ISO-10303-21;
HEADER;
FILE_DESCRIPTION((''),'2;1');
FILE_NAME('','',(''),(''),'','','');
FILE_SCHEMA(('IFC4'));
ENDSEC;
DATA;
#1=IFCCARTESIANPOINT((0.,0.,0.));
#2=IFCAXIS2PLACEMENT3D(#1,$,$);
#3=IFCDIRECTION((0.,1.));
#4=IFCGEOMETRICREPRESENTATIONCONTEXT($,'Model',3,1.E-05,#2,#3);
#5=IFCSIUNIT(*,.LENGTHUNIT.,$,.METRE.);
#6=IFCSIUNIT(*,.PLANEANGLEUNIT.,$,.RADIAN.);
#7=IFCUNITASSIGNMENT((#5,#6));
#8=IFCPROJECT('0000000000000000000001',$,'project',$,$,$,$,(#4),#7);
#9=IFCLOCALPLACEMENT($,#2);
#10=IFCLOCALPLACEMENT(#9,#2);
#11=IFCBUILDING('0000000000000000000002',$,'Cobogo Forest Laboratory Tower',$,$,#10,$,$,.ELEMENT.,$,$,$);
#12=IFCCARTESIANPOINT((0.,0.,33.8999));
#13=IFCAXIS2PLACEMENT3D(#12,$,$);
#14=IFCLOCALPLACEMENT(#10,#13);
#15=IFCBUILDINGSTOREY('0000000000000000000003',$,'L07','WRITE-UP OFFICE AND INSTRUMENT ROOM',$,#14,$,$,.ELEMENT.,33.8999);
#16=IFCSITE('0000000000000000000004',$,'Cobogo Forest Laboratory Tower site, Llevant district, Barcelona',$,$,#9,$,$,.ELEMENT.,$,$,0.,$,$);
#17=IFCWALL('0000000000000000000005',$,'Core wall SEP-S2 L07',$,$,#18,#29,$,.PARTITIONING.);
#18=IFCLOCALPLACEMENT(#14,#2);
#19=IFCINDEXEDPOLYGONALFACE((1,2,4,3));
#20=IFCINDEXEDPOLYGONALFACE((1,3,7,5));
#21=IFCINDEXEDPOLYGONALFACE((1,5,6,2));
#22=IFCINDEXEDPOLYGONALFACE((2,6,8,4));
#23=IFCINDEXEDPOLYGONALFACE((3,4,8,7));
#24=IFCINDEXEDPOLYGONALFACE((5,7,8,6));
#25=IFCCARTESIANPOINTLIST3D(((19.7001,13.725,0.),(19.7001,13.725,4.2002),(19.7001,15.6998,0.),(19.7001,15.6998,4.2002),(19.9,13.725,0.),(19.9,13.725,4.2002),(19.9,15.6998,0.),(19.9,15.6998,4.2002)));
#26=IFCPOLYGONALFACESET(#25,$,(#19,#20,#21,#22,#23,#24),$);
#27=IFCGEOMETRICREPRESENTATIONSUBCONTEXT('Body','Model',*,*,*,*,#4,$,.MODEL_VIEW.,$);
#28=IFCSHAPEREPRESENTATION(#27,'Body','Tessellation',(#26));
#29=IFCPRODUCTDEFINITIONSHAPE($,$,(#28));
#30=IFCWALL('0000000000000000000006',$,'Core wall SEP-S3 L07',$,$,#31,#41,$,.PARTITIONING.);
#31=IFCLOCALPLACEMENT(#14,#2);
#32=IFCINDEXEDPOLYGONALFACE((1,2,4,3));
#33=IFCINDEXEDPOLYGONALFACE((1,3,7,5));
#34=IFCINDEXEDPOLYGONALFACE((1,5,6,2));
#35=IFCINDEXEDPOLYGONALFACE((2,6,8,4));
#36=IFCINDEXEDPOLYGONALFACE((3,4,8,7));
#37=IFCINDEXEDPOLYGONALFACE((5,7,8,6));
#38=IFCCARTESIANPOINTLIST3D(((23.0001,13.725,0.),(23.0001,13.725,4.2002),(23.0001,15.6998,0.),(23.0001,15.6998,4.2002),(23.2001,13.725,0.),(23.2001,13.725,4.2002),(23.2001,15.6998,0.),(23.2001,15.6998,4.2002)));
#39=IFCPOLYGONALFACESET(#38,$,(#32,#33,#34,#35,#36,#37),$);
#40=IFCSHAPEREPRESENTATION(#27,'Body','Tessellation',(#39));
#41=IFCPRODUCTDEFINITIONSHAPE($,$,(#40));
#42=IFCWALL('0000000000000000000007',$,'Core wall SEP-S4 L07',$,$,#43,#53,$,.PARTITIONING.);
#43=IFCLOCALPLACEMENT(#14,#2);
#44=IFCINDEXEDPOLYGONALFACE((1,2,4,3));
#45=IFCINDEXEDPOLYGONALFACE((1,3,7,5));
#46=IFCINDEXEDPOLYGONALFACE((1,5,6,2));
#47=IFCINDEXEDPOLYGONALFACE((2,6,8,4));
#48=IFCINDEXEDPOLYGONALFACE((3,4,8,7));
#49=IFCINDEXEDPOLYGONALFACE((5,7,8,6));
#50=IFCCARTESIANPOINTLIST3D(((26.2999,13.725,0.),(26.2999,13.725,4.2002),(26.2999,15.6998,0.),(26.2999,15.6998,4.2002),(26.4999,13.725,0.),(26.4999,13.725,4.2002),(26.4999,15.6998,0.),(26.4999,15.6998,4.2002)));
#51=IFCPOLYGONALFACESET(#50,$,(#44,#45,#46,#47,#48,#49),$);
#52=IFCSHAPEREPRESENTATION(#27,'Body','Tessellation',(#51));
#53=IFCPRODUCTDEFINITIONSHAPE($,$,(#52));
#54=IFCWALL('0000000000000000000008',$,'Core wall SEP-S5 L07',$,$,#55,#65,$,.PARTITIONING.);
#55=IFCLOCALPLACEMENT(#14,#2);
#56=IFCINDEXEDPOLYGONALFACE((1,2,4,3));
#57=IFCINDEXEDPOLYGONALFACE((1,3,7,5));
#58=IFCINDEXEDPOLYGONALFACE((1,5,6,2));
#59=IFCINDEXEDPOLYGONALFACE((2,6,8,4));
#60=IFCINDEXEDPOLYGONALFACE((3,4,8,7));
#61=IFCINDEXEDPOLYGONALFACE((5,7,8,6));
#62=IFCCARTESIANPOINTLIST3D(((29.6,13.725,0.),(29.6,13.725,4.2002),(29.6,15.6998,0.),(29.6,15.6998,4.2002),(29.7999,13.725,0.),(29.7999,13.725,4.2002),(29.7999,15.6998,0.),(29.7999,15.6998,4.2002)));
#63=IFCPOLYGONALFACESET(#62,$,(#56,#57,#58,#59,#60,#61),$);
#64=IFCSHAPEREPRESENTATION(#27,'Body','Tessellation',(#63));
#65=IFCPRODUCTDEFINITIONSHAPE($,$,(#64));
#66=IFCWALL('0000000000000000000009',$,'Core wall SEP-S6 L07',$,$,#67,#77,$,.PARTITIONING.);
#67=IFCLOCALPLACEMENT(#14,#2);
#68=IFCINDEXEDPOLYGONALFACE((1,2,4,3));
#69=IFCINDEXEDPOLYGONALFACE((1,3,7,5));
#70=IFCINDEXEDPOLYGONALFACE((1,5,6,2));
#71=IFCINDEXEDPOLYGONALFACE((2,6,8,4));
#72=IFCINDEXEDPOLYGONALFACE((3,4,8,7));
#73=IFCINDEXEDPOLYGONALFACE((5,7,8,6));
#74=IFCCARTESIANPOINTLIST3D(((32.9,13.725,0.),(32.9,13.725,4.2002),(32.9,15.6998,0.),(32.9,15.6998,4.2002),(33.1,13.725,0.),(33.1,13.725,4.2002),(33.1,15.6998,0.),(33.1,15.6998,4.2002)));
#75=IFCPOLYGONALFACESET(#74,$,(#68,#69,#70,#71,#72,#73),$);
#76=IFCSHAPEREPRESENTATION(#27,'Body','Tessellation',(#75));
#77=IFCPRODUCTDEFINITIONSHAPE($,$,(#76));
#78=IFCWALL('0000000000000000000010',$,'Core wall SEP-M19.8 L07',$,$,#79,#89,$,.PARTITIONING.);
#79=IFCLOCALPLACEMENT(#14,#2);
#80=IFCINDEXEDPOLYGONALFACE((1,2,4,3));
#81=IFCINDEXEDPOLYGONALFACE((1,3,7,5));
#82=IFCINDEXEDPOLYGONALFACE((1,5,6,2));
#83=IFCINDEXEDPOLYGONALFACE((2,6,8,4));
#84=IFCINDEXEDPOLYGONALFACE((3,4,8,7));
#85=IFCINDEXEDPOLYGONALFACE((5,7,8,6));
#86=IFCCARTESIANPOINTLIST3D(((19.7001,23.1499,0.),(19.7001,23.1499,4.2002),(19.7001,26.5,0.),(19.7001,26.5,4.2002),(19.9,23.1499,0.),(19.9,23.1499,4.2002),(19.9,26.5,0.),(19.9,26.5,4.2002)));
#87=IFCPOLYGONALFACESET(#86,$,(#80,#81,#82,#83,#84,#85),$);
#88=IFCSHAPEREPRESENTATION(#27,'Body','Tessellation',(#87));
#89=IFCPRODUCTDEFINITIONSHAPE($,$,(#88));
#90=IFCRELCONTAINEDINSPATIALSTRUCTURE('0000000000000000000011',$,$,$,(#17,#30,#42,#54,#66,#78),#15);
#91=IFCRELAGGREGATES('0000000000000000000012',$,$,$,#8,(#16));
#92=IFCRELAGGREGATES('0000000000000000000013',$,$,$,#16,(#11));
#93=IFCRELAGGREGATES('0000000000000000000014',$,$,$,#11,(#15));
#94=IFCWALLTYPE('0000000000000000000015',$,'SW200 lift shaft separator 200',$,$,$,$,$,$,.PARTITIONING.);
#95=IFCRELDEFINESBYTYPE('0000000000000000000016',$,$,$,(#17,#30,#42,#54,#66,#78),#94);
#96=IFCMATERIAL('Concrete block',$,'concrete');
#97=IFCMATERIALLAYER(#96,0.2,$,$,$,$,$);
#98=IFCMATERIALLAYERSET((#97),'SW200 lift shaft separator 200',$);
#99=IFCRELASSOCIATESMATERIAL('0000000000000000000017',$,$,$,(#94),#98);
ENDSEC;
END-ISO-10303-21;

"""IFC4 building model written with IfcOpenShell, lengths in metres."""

from ifc_helpers import new_model, si_unit, direction, frame, frame_2d, origin, place, context, subcontext, project, spatial, rectangle, extrude, material, layer, layer_set, type_object, element, save


model = new_model("IFC4")

# Units and contexts
model_context = context("Model", 3, precision=1e-05, world=origin(), true_north=direction((0.0, 1.0)))
body_context = subcontext(model_context, "Body", "Model", "MODEL_VIEW")
ifc_project = project(units=[si_unit("LENGTHUNIT", "METRE"), si_unit("PLANEANGLEUNIT", "RADIAN")], contexts=[model_context])

# Site, building, storey
site_placement = place(None, origin())
site = spatial("IfcSite", under=ifc_project, at=site_placement, Name="Cobogo Forest Laboratory Tower site, Llevant district, Barcelona", CompositionType="ELEMENT", RefElevation=0.0)
building_placement = place(site_placement, origin())
building = spatial("IfcBuilding", under=site, at=building_placement, Name="Cobogo Forest Laboratory Tower", CompositionType="ELEMENT")
storey_placement = place(building_placement, frame((0.0, 0.0, 33.8999)))
storey = spatial("IfcBuildingStorey", under=building, at=storey_placement, Name="L07", Description="WRITE-UP OFFICE AND INSTRUMENT ROOM", CompositionType="ELEMENT", Elevation=33.8999)

# Walls
ifc_material_1 = material(Name="Concrete block", Category="concrete")
ifc_layer_1 = layer(ifc_material_1, 0.2)
ifc_layer_set_1 = layer_set([ifc_layer_1], Name="SW200 lift shaft separator 200")
wall_type_1 = type_object("IfcWallType", Name="SW200 lift shaft separator 200", PredefinedType="PARTITIONING", material=ifc_layer_set_1)
for number, where, z_axis, x_axis, name in (
    (1, (19.8, 13.7251, 0.0), (0.0, 0.0, 1.0), (0.0, 1.0, 0.0), "Core wall SEP-S2 L07"),
    (2, (23.1001, 13.7251, 0.0), (0.0, 0.0, 1.0), (0.0, 1.0, 0.0), "Core wall SEP-S3 L07"),
    (3, (26.3999, 13.7251, 0.0), (0.0, 0.0, 1.0), (0.0, 1.0, 0.0), "Core wall SEP-S4 L07"),
    (4, (29.7, 13.7251, 0.0), (0.0, 0.0, 1.0), (0.0, 1.0, 0.0), "Core wall SEP-S5 L07"),
    (5, (33.0, 13.7251, 0.0), (0.0, 0.0, 1.0), (0.0, 1.0, 0.0), "Core wall SEP-S6 L07"),
):
    element("IfcWall", number, at=place(storey_placement, frame(where, z_axis=z_axis, x_axis=x_axis)), inside=storey, type_object=wall_type_1, Name=name, PredefinedType="PARTITIONING", context=body_context, shape_type="SweptSolid", body=[
        extrude(rectangle(XDim=1.9749, YDim=0.2, at=frame_2d((0.9873, 0.0))), origin(), (0.0, 0.0, 1.0), 4.2002),
    ])
wall_1_placement = place(storey_placement, frame((19.8, 23.1499, 0.0), z_axis=(0.0, 0.0, 1.0), x_axis=(0.0, 1.0, 0.0)))
element("IfcWall", 6, at=wall_1_placement, inside=storey, type_object=wall_type_1, Name="Core wall SEP-M19.8 L07", PredefinedType="PARTITIONING", context=body_context, shape_type="SweptSolid", body=[
    extrude(rectangle(XDim=3.3501, YDim=0.2, at=frame_2d((1.675, 0.0))), origin(), (0.0, 0.0, 1.0), 4.2002),
])

save(model, "model.ifc")
